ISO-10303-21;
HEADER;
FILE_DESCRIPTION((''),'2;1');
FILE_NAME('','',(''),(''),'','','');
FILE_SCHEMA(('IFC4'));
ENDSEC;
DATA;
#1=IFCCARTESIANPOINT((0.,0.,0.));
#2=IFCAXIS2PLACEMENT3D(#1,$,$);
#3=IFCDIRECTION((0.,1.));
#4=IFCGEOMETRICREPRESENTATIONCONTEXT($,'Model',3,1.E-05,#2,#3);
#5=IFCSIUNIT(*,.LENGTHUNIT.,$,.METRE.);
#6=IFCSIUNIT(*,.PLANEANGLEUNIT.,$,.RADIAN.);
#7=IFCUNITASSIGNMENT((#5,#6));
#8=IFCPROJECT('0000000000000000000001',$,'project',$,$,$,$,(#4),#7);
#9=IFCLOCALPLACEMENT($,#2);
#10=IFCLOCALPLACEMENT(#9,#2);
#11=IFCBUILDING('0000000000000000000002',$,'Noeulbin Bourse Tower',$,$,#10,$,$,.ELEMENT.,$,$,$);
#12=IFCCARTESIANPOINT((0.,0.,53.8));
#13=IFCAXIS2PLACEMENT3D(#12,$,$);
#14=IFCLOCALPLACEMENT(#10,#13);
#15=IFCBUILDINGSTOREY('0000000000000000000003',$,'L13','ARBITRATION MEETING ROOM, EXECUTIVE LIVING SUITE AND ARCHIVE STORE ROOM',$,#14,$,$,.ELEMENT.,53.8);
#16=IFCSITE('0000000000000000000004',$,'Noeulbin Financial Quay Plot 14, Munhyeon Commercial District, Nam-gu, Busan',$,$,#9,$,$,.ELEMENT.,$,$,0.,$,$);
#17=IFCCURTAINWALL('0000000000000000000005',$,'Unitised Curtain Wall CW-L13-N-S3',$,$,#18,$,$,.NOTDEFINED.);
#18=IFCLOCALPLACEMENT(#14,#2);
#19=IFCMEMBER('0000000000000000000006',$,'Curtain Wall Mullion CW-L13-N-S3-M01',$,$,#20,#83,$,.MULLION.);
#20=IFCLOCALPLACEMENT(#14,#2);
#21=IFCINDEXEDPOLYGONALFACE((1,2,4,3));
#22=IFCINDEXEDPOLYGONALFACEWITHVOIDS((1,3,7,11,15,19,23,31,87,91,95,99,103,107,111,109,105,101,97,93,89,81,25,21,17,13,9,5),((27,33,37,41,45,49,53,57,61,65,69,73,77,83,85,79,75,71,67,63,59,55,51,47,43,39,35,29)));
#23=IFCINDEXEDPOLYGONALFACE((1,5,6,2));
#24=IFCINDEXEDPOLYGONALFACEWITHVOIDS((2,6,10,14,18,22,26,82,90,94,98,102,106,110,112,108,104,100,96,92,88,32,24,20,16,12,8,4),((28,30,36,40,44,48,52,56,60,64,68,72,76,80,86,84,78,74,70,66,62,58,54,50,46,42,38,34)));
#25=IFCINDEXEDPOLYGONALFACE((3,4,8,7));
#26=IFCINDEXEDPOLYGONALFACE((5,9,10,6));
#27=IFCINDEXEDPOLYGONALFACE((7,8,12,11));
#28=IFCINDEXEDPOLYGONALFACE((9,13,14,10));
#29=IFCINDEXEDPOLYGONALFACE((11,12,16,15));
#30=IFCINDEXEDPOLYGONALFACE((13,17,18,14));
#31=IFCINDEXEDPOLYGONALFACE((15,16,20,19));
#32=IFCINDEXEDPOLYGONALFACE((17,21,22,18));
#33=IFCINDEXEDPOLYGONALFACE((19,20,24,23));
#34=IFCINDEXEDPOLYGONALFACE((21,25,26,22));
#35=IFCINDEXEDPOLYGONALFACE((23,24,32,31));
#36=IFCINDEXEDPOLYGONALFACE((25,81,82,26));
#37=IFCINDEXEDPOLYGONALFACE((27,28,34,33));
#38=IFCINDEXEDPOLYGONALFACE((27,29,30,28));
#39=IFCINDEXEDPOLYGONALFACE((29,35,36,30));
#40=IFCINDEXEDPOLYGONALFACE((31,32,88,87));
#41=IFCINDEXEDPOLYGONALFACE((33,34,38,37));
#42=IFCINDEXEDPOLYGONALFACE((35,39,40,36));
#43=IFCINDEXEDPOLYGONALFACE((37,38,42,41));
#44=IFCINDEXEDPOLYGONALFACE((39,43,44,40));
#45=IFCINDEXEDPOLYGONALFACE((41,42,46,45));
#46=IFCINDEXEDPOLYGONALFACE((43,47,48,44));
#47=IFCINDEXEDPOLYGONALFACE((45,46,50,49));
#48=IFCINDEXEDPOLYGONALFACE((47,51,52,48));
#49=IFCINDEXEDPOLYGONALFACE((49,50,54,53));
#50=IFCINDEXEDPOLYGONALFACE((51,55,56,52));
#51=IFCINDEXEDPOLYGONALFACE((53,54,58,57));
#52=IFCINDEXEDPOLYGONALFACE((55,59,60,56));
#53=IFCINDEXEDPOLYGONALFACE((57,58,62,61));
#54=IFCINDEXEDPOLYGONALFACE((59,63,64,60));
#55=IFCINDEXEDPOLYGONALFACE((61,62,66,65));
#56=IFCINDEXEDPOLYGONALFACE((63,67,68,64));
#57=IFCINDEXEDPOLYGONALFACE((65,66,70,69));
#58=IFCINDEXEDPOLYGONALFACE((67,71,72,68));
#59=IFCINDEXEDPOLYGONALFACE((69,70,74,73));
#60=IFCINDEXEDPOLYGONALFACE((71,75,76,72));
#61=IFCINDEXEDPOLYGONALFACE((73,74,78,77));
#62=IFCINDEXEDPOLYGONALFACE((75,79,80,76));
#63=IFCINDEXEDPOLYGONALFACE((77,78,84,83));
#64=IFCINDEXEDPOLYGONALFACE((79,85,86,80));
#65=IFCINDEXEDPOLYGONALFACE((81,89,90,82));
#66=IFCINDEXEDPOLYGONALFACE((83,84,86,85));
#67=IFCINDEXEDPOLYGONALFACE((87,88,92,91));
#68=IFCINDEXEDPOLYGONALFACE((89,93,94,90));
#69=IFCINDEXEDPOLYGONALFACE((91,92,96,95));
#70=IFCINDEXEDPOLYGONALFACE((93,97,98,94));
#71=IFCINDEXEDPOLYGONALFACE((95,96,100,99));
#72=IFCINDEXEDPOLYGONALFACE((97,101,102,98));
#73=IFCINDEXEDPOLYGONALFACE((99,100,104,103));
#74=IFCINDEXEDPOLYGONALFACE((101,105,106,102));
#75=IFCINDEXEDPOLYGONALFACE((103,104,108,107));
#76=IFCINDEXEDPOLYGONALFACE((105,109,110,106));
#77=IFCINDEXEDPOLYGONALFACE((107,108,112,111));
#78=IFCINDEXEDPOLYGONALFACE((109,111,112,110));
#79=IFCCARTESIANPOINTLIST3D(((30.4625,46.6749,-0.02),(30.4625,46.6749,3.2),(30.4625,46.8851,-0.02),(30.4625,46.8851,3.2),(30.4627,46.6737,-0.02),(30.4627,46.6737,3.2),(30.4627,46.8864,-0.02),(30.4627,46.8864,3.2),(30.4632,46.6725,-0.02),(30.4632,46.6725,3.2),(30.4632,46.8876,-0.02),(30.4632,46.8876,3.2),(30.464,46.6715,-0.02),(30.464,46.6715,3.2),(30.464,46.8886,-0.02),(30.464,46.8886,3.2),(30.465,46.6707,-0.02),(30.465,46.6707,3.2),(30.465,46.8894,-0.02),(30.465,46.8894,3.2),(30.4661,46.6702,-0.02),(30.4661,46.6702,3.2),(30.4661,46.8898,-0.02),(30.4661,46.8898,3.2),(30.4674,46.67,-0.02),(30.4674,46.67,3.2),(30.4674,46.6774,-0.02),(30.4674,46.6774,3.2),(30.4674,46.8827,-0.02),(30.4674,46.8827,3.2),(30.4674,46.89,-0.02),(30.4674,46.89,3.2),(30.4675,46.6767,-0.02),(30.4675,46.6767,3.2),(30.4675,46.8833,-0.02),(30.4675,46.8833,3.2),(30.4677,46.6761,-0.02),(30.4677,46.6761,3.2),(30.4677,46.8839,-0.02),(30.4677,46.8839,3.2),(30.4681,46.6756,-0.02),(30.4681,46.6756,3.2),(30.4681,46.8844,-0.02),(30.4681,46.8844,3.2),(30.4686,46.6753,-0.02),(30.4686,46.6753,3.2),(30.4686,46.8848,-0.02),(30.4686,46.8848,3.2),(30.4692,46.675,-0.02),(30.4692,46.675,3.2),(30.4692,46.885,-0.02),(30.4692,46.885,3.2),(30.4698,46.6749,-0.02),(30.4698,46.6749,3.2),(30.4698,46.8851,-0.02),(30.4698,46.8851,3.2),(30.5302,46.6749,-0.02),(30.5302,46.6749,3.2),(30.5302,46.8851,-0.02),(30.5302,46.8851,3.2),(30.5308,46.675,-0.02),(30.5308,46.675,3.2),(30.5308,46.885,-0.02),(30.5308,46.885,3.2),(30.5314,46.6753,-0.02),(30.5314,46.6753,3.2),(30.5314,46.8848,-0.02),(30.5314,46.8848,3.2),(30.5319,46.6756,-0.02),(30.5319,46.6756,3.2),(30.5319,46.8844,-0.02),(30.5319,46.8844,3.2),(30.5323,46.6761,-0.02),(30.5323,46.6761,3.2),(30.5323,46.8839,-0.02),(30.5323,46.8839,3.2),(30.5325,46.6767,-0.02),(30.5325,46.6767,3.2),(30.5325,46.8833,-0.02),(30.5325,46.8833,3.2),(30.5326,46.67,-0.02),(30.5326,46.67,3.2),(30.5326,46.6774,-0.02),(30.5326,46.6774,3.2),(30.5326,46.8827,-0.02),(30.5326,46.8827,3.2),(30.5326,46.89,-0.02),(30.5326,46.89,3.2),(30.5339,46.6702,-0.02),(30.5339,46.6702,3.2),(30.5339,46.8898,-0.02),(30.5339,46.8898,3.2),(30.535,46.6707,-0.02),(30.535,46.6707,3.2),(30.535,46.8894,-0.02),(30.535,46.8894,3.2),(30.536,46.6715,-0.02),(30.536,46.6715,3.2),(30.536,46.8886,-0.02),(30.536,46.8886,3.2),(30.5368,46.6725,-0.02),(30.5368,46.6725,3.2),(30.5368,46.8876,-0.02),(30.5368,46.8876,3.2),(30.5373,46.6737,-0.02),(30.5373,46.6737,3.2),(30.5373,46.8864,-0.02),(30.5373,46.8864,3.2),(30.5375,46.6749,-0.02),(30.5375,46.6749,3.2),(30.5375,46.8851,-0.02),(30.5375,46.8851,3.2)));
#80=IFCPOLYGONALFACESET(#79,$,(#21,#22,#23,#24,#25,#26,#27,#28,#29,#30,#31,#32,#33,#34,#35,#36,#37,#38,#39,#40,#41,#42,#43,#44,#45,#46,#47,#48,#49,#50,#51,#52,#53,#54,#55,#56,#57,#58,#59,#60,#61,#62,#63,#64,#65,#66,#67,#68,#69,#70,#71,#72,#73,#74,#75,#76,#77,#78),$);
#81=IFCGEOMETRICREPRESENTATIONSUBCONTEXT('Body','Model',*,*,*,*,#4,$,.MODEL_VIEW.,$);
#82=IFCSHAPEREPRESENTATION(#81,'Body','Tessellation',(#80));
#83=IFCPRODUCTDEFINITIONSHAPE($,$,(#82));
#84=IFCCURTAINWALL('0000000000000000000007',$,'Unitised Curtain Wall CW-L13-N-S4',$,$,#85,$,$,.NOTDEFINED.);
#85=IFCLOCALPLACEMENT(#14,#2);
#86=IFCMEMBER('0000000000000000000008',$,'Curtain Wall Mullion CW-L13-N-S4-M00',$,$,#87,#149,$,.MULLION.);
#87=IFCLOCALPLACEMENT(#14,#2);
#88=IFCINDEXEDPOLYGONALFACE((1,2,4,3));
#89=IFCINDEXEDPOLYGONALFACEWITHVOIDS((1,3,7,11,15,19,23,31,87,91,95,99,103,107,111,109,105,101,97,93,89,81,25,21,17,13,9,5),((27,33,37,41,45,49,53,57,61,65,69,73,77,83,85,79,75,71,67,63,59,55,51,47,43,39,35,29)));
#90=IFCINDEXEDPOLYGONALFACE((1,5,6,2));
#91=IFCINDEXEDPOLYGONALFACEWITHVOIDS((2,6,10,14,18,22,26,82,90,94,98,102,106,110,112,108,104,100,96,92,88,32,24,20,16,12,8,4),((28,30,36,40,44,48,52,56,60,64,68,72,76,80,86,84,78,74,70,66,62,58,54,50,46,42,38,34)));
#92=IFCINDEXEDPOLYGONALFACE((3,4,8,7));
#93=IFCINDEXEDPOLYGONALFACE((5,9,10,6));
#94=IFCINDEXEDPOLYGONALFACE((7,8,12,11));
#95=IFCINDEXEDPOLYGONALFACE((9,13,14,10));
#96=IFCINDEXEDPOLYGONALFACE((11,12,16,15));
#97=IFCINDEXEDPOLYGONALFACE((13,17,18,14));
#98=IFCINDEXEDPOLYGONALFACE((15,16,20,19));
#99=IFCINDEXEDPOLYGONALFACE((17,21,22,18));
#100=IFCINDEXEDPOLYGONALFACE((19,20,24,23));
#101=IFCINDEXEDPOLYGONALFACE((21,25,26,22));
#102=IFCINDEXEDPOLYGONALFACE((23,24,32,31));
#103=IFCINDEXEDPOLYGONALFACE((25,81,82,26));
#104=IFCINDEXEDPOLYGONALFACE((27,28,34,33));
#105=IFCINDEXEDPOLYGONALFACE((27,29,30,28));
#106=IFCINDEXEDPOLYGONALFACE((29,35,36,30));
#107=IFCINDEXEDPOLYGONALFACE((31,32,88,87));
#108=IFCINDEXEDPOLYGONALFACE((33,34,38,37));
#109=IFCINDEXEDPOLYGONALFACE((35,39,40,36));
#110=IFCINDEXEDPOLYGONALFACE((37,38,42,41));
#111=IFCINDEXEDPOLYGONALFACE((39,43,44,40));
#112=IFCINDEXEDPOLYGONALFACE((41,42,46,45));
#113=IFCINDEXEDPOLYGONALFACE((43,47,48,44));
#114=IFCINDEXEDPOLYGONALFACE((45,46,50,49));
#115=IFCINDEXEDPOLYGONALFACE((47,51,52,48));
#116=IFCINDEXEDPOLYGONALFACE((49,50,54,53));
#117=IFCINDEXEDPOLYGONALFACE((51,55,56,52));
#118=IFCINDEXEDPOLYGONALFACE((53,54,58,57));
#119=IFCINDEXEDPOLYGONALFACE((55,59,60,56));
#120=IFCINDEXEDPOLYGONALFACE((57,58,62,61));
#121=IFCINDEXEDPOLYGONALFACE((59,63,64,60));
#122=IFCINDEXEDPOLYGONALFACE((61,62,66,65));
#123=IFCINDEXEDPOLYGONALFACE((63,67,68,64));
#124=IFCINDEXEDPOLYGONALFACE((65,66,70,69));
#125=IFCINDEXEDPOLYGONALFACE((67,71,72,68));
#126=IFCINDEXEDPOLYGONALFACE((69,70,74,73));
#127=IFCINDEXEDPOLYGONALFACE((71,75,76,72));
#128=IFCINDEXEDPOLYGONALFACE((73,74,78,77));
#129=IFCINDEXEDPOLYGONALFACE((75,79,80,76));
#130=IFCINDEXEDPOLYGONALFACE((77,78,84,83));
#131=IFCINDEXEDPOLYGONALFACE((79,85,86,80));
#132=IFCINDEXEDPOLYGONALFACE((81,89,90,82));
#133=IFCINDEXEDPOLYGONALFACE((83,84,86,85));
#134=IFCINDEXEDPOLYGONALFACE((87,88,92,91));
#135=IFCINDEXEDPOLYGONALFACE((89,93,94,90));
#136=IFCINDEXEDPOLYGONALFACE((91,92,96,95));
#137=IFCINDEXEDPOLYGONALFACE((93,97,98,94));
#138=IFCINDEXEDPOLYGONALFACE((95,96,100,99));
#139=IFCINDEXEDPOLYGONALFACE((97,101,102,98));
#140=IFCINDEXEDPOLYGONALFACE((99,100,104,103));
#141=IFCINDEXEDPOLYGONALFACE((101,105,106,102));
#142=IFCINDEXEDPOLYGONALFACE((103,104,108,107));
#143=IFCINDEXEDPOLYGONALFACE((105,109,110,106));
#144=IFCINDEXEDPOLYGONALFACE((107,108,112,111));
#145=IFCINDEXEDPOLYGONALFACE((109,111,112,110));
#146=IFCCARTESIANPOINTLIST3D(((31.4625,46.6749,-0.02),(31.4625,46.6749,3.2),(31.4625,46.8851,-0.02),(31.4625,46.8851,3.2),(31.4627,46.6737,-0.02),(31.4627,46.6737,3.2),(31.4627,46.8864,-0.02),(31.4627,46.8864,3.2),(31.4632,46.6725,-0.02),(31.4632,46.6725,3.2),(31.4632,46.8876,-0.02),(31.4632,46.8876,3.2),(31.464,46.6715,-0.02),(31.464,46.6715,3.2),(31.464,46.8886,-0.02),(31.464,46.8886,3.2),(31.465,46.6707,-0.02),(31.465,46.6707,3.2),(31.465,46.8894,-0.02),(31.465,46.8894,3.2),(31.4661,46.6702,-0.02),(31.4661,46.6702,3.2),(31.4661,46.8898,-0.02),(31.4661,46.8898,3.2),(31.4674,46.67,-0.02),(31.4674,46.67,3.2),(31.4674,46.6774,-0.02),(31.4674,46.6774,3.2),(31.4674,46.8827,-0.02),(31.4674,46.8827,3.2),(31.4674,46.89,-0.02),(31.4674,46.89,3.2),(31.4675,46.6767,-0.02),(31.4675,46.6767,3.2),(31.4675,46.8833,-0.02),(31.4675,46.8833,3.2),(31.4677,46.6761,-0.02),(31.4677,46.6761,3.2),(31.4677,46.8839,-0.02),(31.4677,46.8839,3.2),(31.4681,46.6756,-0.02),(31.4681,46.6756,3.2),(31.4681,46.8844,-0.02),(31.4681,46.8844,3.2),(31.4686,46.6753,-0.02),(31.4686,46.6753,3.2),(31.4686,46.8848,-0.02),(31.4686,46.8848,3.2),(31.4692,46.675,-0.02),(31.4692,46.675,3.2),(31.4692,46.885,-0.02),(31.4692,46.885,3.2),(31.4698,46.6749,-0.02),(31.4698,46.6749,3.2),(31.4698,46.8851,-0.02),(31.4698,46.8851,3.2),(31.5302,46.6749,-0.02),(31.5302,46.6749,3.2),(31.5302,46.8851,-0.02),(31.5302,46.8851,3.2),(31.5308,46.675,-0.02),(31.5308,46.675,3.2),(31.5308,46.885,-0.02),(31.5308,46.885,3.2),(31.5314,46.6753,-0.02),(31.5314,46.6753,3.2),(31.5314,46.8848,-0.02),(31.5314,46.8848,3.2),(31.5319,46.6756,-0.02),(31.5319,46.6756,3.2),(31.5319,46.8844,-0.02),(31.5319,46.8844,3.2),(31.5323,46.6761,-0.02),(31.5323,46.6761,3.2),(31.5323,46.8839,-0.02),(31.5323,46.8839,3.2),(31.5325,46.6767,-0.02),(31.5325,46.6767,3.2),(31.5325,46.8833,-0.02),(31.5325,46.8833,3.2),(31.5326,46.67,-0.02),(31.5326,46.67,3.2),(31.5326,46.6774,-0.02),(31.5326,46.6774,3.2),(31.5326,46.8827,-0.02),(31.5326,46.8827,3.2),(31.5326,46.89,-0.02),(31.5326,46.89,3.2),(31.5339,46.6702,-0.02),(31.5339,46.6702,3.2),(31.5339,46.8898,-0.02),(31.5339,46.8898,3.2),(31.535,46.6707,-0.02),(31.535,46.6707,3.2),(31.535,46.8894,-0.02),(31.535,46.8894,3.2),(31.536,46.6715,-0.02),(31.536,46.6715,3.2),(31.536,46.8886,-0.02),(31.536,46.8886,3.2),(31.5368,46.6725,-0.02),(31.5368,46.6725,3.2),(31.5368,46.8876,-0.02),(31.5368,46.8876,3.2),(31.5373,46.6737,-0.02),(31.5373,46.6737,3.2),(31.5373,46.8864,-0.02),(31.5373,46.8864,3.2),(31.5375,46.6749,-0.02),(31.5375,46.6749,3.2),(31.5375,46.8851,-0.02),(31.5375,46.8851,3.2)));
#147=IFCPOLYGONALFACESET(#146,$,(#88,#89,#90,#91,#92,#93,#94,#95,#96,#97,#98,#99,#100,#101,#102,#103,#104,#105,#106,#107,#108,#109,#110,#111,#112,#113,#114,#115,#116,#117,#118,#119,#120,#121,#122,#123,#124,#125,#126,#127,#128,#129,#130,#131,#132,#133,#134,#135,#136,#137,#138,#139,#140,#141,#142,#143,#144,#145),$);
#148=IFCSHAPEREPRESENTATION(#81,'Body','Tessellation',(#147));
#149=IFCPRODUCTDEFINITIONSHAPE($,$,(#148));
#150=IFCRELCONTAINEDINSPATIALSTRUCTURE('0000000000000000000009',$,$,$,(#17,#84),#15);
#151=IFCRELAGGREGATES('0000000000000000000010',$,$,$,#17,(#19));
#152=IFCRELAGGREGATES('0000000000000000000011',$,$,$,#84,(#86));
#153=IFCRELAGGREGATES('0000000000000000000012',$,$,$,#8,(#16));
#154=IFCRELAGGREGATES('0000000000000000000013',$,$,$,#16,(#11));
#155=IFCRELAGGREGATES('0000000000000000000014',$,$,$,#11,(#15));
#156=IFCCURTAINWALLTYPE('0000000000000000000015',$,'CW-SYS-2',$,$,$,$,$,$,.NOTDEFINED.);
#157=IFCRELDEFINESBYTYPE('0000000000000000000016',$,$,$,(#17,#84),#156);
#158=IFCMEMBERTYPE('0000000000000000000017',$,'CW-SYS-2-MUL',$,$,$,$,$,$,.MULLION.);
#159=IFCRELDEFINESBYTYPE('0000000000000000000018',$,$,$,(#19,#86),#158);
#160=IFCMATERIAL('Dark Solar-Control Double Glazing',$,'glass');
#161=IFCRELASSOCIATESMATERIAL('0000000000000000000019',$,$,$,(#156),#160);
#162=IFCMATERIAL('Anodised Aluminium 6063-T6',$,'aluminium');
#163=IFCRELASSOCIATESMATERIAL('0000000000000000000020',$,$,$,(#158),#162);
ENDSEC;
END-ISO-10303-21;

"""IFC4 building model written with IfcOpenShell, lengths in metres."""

from ifc_helpers import new_model, si_unit, direction, frame, origin, origin_2d, place, context, subcontext, project, spatial, hollow_rectangle, extrude, material, material_profile, profile_set, type_object, element, aggregate, save


model = new_model("IFC4")

# Units and contexts
model_context = context("Model", 3, precision=1e-05, world=origin(), true_north=direction((0.0, 1.0)))
body_context = subcontext(model_context, "Body", "Model", "MODEL_VIEW")
ifc_project = project(units=[si_unit("LENGTHUNIT", "METRE"), si_unit("PLANEANGLEUNIT", "RADIAN")], contexts=[model_context])

# Site, building, storey
site_placement = place(None, origin())
site = spatial("IfcSite", under=ifc_project, at=site_placement, Name="Noeulbin Financial Quay Plot 14, Munhyeon Commercial District, Nam-gu, Busan", CompositionType="ELEMENT", RefElevation=0.0)
building_placement = place(site_placement, origin())
building = spatial("IfcBuilding", under=site, at=building_placement, Name="Noeulbin Bourse Tower", CompositionType="ELEMENT")
storey_placement = place(building_placement, frame((0.0, 0.0, 53.8)))
storey = spatial("IfcBuildingStorey", under=building, at=storey_placement, Name="L13", Description="ARBITRATION MEETING ROOM, EXECUTIVE LIVING SUITE AND ARCHIVE STORE ROOM", CompositionType="ELEMENT", Elevation=53.8)

# Curtain wall, member
ifc_material_1 = material(Name="Dark Solar-Control Double Glazing", Category="glass")
curtain_wall_type = type_object("IfcCurtainWallType", Name="CW-SYS-2", PredefinedType="NOTDEFINED", material=ifc_material_1)
curtain_wall_1_placement = place(storey_placement, origin())
curtain_wall_1 = element("IfcCurtainWall", 1, at=curtain_wall_1_placement, inside=storey, type_object=curtain_wall_type, Name="Unitised Curtain Wall CW-L13-N-S3", PredefinedType="NOTDEFINED")
ifc_material_2 = material(Name="Anodised Aluminium 6063-T6", Category="aluminium")
ifc_material_profile_1 = material_profile(ifc_material_2, hollow_rectangle(XDim=0.075, YDim=0.22, WallThickness=0.0049, InnerFilletRadius=0.0024, OuterFilletRadius=0.0049, at=origin_2d()), Name="ALU-MULL-75x220x5", Category="LoadBearing")
ifc_profile_set_1 = profile_set([ifc_material_profile_1], Name="Anodised Aluminium 6063-T6")
member_type_1 = type_object("IfcMemberType", Name="CW-SYS-2-MUL", PredefinedType="MULLION", material=ifc_profile_set_1)
member_1_placement = place(storey_placement, frame((30.5, 46.78, -0.02), z_axis=(0.0, 0.0, 1.0), x_axis=(1.0, 0.0, 0.0)))
member_1 = element("IfcMember", 2, at=member_1_placement, type_object=member_type_1, Name="Curtain Wall Mullion CW-L13-N-S3-M01", PredefinedType="MULLION", context=body_context, shape_type="SweptSolid", body=[
    extrude(hollow_rectangle(XDim=0.075, YDim=0.22, WallThickness=0.0049, InnerFilletRadius=0.0024, OuterFilletRadius=0.0049, at=origin_2d()), origin(), (0.0, 0.0, 1.0), 3.22),
])
aggregate(curtain_wall_1, [member_1])

# Curtain wall, member
curtain_wall_2_placement = place(storey_placement, origin())
curtain_wall_2 = element("IfcCurtainWall", 3, at=curtain_wall_2_placement, inside=storey, type_object=curtain_wall_type, Name="Unitised Curtain Wall CW-L13-N-S4", PredefinedType="NOTDEFINED")
member_2_placement = place(storey_placement, frame((31.5, 46.78, -0.02), z_axis=(0.0, 0.0, 1.0), x_axis=(1.0, 0.0, 0.0)))
member_2 = element("IfcMember", 4, at=member_2_placement, type_object=member_type_1, Name="Curtain Wall Mullion CW-L13-N-S4-M00", PredefinedType="MULLION", context=body_context, shape_type="SweptSolid", body=[
    extrude(hollow_rectangle(XDim=0.075, YDim=0.22, WallThickness=0.0049, InnerFilletRadius=0.0024, OuterFilletRadius=0.0049, at=origin_2d()), origin(), (0.0, 0.0, 1.0), 3.22),
])

aggregate(curtain_wall_2, [member_2])

save(model, "model.ifc")
